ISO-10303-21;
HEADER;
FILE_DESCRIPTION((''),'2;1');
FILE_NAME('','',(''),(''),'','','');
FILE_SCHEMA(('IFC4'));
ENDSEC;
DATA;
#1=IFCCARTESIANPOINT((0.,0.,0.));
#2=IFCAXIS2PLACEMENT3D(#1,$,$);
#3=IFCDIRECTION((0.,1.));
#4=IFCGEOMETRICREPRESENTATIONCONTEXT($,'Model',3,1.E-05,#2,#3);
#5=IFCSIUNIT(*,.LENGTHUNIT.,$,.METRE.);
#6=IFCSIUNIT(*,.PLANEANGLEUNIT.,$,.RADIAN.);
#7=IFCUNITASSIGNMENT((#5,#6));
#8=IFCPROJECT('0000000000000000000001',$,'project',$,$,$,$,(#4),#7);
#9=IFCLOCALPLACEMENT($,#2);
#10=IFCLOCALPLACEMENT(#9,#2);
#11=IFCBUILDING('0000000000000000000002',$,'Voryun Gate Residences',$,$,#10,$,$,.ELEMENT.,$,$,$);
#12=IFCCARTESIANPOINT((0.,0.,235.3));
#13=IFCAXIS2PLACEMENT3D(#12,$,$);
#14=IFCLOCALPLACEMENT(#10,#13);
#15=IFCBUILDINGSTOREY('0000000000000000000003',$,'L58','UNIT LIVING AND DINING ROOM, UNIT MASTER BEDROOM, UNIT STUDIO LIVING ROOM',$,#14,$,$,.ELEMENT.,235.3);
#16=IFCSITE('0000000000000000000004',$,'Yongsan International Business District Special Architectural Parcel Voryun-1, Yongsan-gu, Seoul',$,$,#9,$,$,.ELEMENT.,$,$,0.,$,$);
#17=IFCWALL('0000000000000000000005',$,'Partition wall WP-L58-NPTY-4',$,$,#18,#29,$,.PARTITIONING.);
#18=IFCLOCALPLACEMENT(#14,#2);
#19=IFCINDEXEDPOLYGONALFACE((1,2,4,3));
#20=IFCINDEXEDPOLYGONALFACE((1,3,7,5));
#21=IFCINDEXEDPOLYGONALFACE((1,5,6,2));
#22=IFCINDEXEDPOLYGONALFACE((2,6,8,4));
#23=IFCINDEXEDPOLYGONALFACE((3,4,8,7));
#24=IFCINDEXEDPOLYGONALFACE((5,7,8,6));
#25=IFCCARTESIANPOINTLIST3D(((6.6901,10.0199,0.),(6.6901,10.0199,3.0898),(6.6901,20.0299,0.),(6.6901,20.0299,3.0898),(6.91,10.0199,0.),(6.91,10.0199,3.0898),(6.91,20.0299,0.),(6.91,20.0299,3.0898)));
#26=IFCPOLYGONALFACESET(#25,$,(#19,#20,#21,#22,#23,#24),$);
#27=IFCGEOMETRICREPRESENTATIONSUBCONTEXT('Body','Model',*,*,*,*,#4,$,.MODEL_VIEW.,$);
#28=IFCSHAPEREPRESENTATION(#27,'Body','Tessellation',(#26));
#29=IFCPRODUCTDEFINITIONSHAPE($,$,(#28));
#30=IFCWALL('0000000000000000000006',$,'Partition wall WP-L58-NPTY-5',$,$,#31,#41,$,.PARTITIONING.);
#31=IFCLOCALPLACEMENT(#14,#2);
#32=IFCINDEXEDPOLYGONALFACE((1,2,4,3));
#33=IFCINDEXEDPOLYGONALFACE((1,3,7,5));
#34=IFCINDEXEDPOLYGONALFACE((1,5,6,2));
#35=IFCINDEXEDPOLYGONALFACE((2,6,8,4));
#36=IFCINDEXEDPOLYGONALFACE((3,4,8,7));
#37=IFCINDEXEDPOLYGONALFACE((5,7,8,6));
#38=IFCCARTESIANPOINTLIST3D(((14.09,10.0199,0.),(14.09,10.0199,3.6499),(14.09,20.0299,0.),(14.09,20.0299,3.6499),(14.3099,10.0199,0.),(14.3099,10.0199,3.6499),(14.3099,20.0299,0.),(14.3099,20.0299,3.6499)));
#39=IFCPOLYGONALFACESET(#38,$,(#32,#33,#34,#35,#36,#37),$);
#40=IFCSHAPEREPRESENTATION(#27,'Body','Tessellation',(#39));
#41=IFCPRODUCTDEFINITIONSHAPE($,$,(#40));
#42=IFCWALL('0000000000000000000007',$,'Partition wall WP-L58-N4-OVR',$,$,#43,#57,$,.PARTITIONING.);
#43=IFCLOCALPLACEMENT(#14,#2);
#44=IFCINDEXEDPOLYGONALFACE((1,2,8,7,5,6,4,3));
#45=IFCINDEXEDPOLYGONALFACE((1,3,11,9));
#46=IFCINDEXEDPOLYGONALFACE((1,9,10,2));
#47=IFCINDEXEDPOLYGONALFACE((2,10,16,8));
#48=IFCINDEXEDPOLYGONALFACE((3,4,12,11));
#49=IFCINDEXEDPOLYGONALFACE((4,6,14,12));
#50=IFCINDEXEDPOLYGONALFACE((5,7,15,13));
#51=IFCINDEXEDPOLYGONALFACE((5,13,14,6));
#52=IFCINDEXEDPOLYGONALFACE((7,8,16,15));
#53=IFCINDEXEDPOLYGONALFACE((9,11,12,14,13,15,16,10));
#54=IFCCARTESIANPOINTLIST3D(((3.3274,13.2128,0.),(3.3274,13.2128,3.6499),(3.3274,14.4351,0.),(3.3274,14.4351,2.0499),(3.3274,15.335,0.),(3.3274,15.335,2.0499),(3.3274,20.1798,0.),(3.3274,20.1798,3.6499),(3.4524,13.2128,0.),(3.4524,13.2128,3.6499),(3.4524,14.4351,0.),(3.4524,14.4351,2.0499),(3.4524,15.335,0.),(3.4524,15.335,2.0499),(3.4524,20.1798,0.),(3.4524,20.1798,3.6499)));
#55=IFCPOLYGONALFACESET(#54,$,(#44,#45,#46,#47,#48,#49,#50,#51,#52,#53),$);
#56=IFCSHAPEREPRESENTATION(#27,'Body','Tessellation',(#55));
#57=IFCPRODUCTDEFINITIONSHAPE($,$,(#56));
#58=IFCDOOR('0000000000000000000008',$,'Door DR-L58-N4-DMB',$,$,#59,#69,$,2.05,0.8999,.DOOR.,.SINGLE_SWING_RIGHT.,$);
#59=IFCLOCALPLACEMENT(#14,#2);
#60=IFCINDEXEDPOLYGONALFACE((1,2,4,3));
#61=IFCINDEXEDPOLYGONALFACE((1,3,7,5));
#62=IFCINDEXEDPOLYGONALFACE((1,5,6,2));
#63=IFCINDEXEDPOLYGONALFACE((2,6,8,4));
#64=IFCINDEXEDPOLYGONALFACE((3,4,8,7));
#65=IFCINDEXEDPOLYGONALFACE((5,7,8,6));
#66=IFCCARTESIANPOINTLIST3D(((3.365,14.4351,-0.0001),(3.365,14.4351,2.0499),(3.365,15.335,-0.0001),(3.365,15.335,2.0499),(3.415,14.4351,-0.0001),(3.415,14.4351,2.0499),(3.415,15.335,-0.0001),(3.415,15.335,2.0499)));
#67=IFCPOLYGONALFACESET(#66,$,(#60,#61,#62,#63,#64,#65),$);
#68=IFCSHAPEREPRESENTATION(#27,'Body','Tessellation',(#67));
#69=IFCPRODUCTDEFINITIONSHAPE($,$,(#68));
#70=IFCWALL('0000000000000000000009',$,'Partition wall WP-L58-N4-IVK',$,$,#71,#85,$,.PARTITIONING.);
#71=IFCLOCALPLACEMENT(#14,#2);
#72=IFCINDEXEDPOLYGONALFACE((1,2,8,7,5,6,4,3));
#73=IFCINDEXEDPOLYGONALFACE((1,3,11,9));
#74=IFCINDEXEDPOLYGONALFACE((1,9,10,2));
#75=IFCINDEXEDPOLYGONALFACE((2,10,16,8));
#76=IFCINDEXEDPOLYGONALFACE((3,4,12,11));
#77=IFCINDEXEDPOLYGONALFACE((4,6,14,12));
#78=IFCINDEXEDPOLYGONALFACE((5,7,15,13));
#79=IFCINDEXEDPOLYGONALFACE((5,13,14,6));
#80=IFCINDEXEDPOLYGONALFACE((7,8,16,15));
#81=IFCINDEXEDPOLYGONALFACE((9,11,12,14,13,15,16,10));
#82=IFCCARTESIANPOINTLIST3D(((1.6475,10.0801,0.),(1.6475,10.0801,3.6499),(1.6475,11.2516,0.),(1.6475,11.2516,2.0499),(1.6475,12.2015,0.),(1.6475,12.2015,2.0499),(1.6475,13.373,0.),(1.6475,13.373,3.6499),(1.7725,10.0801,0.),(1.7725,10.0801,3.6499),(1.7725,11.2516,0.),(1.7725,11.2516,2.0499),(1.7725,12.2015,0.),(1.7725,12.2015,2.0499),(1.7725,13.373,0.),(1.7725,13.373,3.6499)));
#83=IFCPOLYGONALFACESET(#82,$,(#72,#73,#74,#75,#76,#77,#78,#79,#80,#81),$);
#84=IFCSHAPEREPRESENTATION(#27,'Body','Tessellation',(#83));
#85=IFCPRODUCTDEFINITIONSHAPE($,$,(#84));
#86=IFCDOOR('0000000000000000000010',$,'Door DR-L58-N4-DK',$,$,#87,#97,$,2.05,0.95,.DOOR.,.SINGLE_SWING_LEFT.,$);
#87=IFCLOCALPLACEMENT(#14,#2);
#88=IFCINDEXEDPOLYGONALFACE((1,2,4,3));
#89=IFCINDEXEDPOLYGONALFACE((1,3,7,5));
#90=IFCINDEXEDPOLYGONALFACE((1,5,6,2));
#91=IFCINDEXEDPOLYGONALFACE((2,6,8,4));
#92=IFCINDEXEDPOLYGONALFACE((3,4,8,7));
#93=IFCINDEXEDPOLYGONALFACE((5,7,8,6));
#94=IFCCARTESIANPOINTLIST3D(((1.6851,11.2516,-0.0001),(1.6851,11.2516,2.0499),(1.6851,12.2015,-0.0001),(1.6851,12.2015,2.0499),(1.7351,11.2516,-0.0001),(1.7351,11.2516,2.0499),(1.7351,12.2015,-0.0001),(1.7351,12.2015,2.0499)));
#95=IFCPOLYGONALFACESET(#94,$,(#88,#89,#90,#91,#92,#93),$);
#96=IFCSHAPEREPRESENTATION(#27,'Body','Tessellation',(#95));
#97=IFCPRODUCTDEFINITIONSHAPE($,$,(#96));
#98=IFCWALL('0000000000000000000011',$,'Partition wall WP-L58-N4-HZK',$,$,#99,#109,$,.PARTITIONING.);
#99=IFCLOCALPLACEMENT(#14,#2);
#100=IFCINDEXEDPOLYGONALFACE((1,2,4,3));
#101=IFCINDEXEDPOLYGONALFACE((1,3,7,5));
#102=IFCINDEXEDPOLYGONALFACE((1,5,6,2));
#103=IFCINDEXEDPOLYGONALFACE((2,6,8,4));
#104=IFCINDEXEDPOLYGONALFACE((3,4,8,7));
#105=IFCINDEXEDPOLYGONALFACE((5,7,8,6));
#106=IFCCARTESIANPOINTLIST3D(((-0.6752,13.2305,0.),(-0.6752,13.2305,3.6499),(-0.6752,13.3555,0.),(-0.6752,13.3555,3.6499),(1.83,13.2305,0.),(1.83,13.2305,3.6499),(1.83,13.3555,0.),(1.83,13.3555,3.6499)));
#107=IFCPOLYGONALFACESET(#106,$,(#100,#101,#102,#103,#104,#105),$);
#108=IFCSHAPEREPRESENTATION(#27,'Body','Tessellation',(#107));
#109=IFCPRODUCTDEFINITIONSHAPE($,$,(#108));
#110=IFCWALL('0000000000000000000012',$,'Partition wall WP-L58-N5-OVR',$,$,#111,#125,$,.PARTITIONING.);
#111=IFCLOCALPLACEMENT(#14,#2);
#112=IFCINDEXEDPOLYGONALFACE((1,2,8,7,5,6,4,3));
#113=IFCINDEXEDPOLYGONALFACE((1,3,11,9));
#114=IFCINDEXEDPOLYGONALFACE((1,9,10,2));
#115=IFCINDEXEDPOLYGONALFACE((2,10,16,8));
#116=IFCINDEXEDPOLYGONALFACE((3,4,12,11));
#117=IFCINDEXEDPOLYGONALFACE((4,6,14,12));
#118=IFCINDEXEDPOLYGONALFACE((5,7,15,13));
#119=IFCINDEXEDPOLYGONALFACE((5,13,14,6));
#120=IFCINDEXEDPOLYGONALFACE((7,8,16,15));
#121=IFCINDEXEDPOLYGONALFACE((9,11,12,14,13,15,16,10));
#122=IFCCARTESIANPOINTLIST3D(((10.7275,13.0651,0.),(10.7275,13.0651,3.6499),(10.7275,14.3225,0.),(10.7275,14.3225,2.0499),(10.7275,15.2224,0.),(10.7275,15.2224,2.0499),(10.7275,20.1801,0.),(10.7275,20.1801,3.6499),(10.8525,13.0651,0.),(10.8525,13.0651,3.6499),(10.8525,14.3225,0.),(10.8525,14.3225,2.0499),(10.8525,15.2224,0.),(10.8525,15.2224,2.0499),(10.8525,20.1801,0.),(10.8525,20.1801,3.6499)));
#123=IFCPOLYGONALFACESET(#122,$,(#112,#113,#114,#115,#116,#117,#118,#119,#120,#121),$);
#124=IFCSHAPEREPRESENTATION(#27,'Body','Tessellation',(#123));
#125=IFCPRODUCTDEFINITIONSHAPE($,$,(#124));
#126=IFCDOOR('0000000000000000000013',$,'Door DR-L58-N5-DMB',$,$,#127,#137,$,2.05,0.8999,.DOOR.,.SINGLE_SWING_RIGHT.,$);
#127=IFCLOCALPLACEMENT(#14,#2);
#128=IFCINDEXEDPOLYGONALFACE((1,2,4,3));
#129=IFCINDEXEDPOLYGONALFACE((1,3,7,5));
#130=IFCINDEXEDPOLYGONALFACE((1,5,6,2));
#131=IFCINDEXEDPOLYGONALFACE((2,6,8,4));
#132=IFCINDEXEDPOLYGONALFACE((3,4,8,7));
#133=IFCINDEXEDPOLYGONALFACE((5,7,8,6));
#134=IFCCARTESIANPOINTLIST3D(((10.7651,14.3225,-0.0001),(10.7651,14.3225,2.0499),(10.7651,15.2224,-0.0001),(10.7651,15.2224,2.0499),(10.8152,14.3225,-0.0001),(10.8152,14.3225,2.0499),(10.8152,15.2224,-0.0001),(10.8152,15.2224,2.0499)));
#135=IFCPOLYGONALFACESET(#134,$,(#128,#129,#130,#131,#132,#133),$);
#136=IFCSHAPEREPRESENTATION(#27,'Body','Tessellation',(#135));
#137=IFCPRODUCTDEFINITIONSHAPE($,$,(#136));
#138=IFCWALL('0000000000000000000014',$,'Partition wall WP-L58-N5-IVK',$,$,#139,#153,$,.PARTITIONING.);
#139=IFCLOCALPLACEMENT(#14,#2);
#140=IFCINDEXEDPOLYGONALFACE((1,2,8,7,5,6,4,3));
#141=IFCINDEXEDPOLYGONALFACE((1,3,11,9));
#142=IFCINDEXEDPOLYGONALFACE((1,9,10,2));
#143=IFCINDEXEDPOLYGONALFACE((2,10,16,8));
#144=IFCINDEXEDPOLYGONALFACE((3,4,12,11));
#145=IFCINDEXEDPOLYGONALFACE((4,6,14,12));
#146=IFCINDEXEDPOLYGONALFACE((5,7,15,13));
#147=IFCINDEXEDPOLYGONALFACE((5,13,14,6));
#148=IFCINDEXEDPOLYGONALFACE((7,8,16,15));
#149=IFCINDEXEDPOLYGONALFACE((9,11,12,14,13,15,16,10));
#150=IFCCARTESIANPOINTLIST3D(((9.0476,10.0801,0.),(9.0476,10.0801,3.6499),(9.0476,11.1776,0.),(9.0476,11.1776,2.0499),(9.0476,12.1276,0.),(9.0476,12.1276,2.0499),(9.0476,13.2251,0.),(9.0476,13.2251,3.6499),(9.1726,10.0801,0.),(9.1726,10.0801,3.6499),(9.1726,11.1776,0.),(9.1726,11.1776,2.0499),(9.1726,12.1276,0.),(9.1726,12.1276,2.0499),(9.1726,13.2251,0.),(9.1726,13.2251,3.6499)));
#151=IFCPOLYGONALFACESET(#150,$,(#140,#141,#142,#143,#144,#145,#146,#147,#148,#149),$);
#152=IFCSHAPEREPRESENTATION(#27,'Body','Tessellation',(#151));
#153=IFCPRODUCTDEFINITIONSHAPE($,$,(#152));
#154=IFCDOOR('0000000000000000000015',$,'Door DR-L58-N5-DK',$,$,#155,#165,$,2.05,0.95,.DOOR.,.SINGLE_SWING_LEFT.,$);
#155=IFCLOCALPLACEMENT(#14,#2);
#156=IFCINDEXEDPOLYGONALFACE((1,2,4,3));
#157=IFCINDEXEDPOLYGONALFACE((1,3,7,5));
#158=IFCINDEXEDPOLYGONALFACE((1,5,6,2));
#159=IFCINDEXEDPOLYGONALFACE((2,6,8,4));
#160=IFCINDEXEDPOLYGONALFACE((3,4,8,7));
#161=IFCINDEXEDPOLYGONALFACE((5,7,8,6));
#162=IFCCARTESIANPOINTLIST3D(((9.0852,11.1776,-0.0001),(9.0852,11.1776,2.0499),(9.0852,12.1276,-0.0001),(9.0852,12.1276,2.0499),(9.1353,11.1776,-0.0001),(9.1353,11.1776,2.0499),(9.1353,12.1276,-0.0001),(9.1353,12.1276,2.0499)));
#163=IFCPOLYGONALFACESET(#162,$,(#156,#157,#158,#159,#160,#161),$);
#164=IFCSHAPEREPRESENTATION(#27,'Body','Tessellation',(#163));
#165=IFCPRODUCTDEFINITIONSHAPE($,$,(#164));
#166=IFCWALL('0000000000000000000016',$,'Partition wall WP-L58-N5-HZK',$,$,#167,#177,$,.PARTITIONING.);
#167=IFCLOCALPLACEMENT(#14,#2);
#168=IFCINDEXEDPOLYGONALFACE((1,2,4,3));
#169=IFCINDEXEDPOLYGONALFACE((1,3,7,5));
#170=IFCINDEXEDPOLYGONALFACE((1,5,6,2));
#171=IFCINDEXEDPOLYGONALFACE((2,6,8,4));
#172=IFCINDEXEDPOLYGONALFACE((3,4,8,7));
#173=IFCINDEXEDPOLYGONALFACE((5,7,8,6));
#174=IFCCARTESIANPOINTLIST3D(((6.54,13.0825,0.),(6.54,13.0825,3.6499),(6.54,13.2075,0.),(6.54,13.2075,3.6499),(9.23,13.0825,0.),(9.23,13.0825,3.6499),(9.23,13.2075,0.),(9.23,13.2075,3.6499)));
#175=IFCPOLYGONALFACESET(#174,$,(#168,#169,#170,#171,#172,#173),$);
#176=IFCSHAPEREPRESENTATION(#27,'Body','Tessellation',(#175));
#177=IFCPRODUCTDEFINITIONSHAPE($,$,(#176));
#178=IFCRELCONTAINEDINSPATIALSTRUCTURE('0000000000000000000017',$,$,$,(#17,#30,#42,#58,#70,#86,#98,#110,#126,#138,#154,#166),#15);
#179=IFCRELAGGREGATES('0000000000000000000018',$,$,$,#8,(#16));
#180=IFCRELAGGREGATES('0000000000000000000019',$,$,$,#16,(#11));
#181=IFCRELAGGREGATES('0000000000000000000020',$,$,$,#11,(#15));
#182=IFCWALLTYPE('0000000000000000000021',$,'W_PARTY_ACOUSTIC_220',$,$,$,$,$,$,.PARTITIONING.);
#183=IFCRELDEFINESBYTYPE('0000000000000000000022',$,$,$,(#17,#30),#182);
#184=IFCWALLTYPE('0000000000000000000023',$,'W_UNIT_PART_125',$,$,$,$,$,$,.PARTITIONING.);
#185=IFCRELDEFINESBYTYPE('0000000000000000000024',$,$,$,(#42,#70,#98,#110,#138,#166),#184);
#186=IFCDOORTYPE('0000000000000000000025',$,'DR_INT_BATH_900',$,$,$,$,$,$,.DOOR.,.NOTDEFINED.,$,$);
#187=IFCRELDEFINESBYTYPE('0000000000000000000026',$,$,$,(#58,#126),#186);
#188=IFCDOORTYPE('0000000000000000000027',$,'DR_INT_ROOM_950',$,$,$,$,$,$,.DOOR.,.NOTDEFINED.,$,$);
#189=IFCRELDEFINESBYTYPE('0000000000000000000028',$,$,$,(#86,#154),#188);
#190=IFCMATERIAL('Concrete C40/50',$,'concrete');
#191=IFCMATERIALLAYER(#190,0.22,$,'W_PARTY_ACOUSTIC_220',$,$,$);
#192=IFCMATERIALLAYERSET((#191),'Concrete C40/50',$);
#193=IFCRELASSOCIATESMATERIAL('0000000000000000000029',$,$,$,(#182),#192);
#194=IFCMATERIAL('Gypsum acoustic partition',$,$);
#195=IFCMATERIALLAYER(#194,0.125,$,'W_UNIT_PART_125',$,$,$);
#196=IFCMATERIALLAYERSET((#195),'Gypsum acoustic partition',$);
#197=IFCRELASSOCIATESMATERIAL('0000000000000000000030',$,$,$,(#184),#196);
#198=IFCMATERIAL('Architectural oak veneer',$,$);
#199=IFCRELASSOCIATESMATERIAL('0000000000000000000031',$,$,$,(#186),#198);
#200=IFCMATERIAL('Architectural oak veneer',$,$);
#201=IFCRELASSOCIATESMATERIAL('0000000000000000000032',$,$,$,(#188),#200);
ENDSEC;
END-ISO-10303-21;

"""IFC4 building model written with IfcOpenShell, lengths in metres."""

from ifc_helpers import new_model, si_unit, direction, frame, frame_2d, origin, place, context, subcontext, project, spatial, rectangle, extrude, material, layer, layer_set, type_object, element, fill, save


model = new_model("IFC4")

# Units and contexts
model_context = context("Model", 3, precision=1e-05, world=origin(), true_north=direction((0.0, 1.0)))
body_context = subcontext(model_context, "Body", "Model", "MODEL_VIEW")
ifc_project = project(units=[si_unit("LENGTHUNIT", "METRE"), si_unit("PLANEANGLEUNIT", "RADIAN")], contexts=[model_context])

# Site, building, storey
site_placement = place(None, origin())
site = spatial("IfcSite", under=ifc_project, at=site_placement, Name="Yongsan International Business District Special Architectural Parcel Voryun-1, Yongsan-gu, Seoul", CompositionType="ELEMENT", RefElevation=0.0)
building_placement = place(site_placement, origin())
building = spatial("IfcBuilding", under=site, at=building_placement, Name="Voryun Gate Residences", CompositionType="ELEMENT")
storey_placement = place(building_placement, frame((0.0, 0.0, 235.3)))
storey = spatial("IfcBuildingStorey", under=building, at=storey_placement, Name="L58", Description="UNIT LIVING AND DINING ROOM, UNIT MASTER BEDROOM, UNIT STUDIO LIVING ROOM", CompositionType="ELEMENT", Elevation=235.3)

# Walls
ifc_material_1 = material(Name="Concrete C40/50", Category="concrete")
ifc_layer_1 = layer(ifc_material_1, 0.22, Name="W_PARTY_ACOUSTIC_220")
ifc_layer_set_1 = layer_set([ifc_layer_1], Name="Concrete C40/50")
wall_type_1 = type_object("IfcWallType", Name="W_PARTY_ACOUSTIC_220", PredefinedType="PARTITIONING", material=ifc_layer_set_1)
wall_1_placement = place(storey_placement, frame((6.8, 10.02, 0.0), z_axis=(0.0, 0.0, 1.0), x_axis=(0.0, 1.0, 0.0)))
element("IfcWall", 1, at=wall_1_placement, inside=storey, type_object=wall_type_1, Name="Partition wall WP-L58-NPTY-4", PredefinedType="PARTITIONING", context=body_context, shape_type="SweptSolid", body=[
    extrude(rectangle(XDim=10.01, YDim=0.22, at=frame_2d((5.0049, 0.0))), origin(), (0.0, 0.0, 1.0), 3.0898),
])
wall_2_placement = place(storey_placement, frame((14.2, 10.02, 0.0), z_axis=(0.0, 0.0, 1.0), x_axis=(0.0, 1.0, 0.0)))
element("IfcWall", 2, at=wall_2_placement, inside=storey, type_object=wall_type_1, Name="Partition wall WP-L58-NPTY-5", PredefinedType="PARTITIONING", context=body_context, shape_type="SweptSolid", body=[
    extrude(rectangle(XDim=10.01, YDim=0.22, at=frame_2d((5.0049, 0.0))), origin(), (0.0, 0.0, 1.0), 3.6499),
])

# Walls, openings, doors
ifc_material_2 = material(Name="Gypsum acoustic partition")
ifc_layer_2 = layer(ifc_material_2, 0.125, Name="W_UNIT_PART_125")
ifc_layer_set_2 = layer_set([ifc_layer_2], Name="Gypsum acoustic partition")
wall_type_2 = type_object("IfcWallType", Name="W_UNIT_PART_125", PredefinedType="PARTITIONING", material=ifc_layer_set_2)
wall_3_placement = place(storey_placement, frame((3.3899, 13.2129, 0.0), z_axis=(0.0, 0.0, 1.0), x_axis=(0.0, 1.0, 0.0)))
wall_3 = element("IfcWall", 3, at=wall_3_placement, inside=storey, type_object=wall_type_2, Name="Partition wall WP-L58-N4-OVR", PredefinedType="PARTITIONING", context=body_context, shape_type="SweptSolid", body=[
    extrude(rectangle(XDim=6.967, YDim=0.125, at=frame_2d((3.4834, 0.0))), origin(), (0.0, 0.0, 1.0), 3.6499),
])
opening_1_placement = place(wall_3_placement, frame((1.2222, 0.0, 0.0)))
opening_1 = element("IfcOpeningElement", 4, at=opening_1_placement, cuts=wall_3, PredefinedType="OPENING", context=body_context, shape_type="SweptSolid", body=[
    extrude(rectangle(XDim=0.8999, YDim=2.05, at=frame_2d((0.45, 1.0249))), frame((0.0, 0.0725, 0.0), z_axis=(0.0, -1.0, 0.0), x_axis=(1.0, 0.0, 0.0)), (0.0, 0.0, 1.0), 0.145),
])
ifc_material_3 = material(Name="Architectural oak veneer")
door_type_1 = type_object("IfcDoorType", Name="DR_INT_BATH_900", OperationType="NOTDEFINED", PredefinedType="DOOR", material=ifc_material_3)
door_1_placement = place(opening_1_placement, origin())
door_1 = element("IfcDoor", 5, at=door_1_placement, inside=storey, type_object=door_type_1, Name="Door DR-L58-N4-DMB", OperationType="SINGLE_SWING_RIGHT", OverallHeight=2.05, OverallWidth=0.8999, PredefinedType="DOOR", context=body_context, shape_type="SweptSolid", body=[
    extrude(rectangle(XDim=0.8999, YDim=2.05, at=frame_2d((0.45, 1.0249))), frame((0.0, 0.0249, 0.0), z_axis=(0.0, -1.0, 0.0), x_axis=(1.0, 0.0, 0.0)), (0.0, 0.0, 1.0), 0.05),
])
fill(opening_1, door_1)
wall_4_placement = place(storey_placement, frame((1.71, 10.0801, 0.0), z_axis=(0.0, 0.0, 1.0), x_axis=(0.0, 1.0, 0.0)))
wall_4 = element("IfcWall", 6, at=wall_4_placement, inside=storey, type_object=wall_type_2, Name="Partition wall WP-L58-N4-IVK", PredefinedType="PARTITIONING", context=body_context, shape_type="SweptSolid", body=[
    extrude(rectangle(XDim=3.293, YDim=0.125, at=frame_2d((1.6465, 0.0))), origin(), (0.0, 0.0, 1.0), 3.6499),
])
opening_2_placement = place(wall_4_placement, frame((1.1714, 0.0, 0.0)))
opening_2 = element("IfcOpeningElement", 7, at=opening_2_placement, cuts=wall_4, PredefinedType="OPENING", context=body_context, shape_type="SweptSolid", body=[
    extrude(rectangle(XDim=0.95, YDim=2.05, at=frame_2d((0.4751, 1.0249))), frame((0.0, 0.0725, 0.0), z_axis=(0.0, -1.0, 0.0), x_axis=(1.0, 0.0, 0.0)), (0.0, 0.0, 1.0), 0.145),
])
ifc_material_4 = material(Name="Architectural oak veneer")
door_type_2 = type_object("IfcDoorType", Name="DR_INT_ROOM_950", OperationType="NOTDEFINED", PredefinedType="DOOR", material=ifc_material_4)
door_2_placement = place(opening_2_placement, origin())
door_2 = element("IfcDoor", 8, at=door_2_placement, inside=storey, type_object=door_type_2, Name="Door DR-L58-N4-DK", OperationType="SINGLE_SWING_LEFT", OverallHeight=2.05, OverallWidth=0.95, PredefinedType="DOOR", context=body_context, shape_type="SweptSolid", body=[
    extrude(rectangle(XDim=0.95, YDim=2.05, at=frame_2d((0.4751, 1.0249))), frame((0.0, 0.0249, 0.0), z_axis=(0.0, -1.0, 0.0), x_axis=(1.0, 0.0, 0.0)), (0.0, 0.0, 1.0), 0.05),
])
fill(opening_2, door_2)

# Wall
wall_5_placement = place(storey_placement, frame((-0.675, 13.293, 0.0), z_axis=(0.0, 0.0, 1.0), x_axis=(1.0, 0.0, 0.0)))
element("IfcWall", 9, at=wall_5_placement, inside=storey, type_object=wall_type_2, Name="Partition wall WP-L58-N4-HZK", PredefinedType="PARTITIONING", context=body_context, shape_type="SweptSolid", body=[
    extrude(rectangle(XDim=2.5051, YDim=0.125, at=frame_2d((1.2524, 0.0))), origin(), (0.0, 0.0, 1.0), 3.6499),
])

# Walls, openings, doors
wall_6_placement = place(storey_placement, frame((10.79, 13.0649, 0.0), z_axis=(0.0, 0.0, 1.0), x_axis=(0.0, 1.0, 0.0)))
wall_6 = element("IfcWall", 10, at=wall_6_placement, inside=storey, type_object=wall_type_2, Name="Partition wall WP-L58-N5-OVR", PredefinedType="PARTITIONING", context=body_context, shape_type="SweptSolid", body=[
    extrude(rectangle(XDim=7.115, YDim=0.125, at=frame_2d((3.5576, 0.0))), origin(), (0.0, 0.0, 1.0), 3.6499),
])
opening_3_placement = place(wall_6_placement, frame((1.2576, 0.0, 0.0)))
opening_3 = element("IfcOpeningElement", 11, at=opening_3_placement, cuts=wall_6, PredefinedType="OPENING", context=body_context, shape_type="SweptSolid", body=[
    extrude(rectangle(XDim=0.8999, YDim=2.05, at=frame_2d((0.45, 1.0249))), frame((0.0, 0.0725, 0.0), z_axis=(0.0, -1.0, 0.0), x_axis=(1.0, 0.0, 0.0)), (0.0, 0.0, 1.0), 0.145),
])
door_3_placement = place(opening_3_placement, origin())
door_3 = element("IfcDoor", 12, at=door_3_placement, inside=storey, type_object=door_type_1, Name="Door DR-L58-N5-DMB", OperationType="SINGLE_SWING_RIGHT", OverallHeight=2.05, OverallWidth=0.8999, PredefinedType="DOOR", context=body_context, shape_type="SweptSolid", body=[
    extrude(rectangle(XDim=0.8999, YDim=2.05, at=frame_2d((0.45, 1.0249))), frame((0.0, 0.0249, 0.0), z_axis=(0.0, -1.0, 0.0), x_axis=(1.0, 0.0, 0.0)), (0.0, 0.0, 1.0), 0.05),
])
fill(opening_3, door_3)
wall_7_placement = place(storey_placement, frame((9.1101, 10.0801, 0.0), z_axis=(0.0, 0.0, 1.0), x_axis=(0.0, 1.0, 0.0)))
wall_7 = element("IfcWall", 13, at=wall_7_placement, inside=storey, type_object=wall_type_2, Name="Partition wall WP-L58-N5-IVK", PredefinedType="PARTITIONING", context=body_context, shape_type="SweptSolid", body=[
    extrude(rectangle(XDim=3.145, YDim=0.125, at=frame_2d((1.5725, 0.0))), origin(), (0.0, 0.0, 1.0), 3.6499),
])
opening_4_placement = place(wall_7_placement, frame((1.0974, 0.0, 0.0)))
opening_4 = element("IfcOpeningElement", 14, at=opening_4_placement, cuts=wall_7, PredefinedType="OPENING", context=body_context, shape_type="SweptSolid", body=[
    extrude(rectangle(XDim=0.95, YDim=2.05, at=frame_2d((0.4751, 1.0249))), frame((0.0, 0.0725, 0.0), z_axis=(0.0, -1.0, 0.0), x_axis=(1.0, 0.0, 0.0)), (0.0, 0.0, 1.0), 0.145),
])
door_4_placement = place(opening_4_placement, origin())
door_4 = element("IfcDoor", 15, at=door_4_placement, inside=storey, type_object=door_type_2, Name="Door DR-L58-N5-DK", OperationType="SINGLE_SWING_LEFT", OverallHeight=2.05, OverallWidth=0.95, PredefinedType="DOOR", context=body_context, shape_type="SweptSolid", body=[
    extrude(rectangle(XDim=0.95, YDim=2.05, at=frame_2d((0.4751, 1.0249))), frame((0.0, 0.0249, 0.0), z_axis=(0.0, -1.0, 0.0), x_axis=(1.0, 0.0, 0.0)), (0.0, 0.0, 1.0), 0.05),
])
fill(opening_4, door_4)

# Wall
for number, where, z_axis, x_axis, name in (
    (16, (6.54, 13.145, 0.0), (0.0, 0.0, 1.0), (1.0, 0.0, 0.0), "Partition wall WP-L58-N5-HZK"),
):
    element("IfcWall", number, at=place(storey_placement, frame(where, z_axis=z_axis, x_axis=x_axis)), inside=storey, type_object=wall_type_2, Name=name, PredefinedType="PARTITIONING", context=body_context, shape_type="SweptSolid", body=[
        extrude(rectangle(XDim=2.6899, YDim=0.125, at=frame_2d((1.345, 0.0))), origin(), (0.0, 0.0, 1.0), 3.6499),
    ])

save(model, "model.ifc")
